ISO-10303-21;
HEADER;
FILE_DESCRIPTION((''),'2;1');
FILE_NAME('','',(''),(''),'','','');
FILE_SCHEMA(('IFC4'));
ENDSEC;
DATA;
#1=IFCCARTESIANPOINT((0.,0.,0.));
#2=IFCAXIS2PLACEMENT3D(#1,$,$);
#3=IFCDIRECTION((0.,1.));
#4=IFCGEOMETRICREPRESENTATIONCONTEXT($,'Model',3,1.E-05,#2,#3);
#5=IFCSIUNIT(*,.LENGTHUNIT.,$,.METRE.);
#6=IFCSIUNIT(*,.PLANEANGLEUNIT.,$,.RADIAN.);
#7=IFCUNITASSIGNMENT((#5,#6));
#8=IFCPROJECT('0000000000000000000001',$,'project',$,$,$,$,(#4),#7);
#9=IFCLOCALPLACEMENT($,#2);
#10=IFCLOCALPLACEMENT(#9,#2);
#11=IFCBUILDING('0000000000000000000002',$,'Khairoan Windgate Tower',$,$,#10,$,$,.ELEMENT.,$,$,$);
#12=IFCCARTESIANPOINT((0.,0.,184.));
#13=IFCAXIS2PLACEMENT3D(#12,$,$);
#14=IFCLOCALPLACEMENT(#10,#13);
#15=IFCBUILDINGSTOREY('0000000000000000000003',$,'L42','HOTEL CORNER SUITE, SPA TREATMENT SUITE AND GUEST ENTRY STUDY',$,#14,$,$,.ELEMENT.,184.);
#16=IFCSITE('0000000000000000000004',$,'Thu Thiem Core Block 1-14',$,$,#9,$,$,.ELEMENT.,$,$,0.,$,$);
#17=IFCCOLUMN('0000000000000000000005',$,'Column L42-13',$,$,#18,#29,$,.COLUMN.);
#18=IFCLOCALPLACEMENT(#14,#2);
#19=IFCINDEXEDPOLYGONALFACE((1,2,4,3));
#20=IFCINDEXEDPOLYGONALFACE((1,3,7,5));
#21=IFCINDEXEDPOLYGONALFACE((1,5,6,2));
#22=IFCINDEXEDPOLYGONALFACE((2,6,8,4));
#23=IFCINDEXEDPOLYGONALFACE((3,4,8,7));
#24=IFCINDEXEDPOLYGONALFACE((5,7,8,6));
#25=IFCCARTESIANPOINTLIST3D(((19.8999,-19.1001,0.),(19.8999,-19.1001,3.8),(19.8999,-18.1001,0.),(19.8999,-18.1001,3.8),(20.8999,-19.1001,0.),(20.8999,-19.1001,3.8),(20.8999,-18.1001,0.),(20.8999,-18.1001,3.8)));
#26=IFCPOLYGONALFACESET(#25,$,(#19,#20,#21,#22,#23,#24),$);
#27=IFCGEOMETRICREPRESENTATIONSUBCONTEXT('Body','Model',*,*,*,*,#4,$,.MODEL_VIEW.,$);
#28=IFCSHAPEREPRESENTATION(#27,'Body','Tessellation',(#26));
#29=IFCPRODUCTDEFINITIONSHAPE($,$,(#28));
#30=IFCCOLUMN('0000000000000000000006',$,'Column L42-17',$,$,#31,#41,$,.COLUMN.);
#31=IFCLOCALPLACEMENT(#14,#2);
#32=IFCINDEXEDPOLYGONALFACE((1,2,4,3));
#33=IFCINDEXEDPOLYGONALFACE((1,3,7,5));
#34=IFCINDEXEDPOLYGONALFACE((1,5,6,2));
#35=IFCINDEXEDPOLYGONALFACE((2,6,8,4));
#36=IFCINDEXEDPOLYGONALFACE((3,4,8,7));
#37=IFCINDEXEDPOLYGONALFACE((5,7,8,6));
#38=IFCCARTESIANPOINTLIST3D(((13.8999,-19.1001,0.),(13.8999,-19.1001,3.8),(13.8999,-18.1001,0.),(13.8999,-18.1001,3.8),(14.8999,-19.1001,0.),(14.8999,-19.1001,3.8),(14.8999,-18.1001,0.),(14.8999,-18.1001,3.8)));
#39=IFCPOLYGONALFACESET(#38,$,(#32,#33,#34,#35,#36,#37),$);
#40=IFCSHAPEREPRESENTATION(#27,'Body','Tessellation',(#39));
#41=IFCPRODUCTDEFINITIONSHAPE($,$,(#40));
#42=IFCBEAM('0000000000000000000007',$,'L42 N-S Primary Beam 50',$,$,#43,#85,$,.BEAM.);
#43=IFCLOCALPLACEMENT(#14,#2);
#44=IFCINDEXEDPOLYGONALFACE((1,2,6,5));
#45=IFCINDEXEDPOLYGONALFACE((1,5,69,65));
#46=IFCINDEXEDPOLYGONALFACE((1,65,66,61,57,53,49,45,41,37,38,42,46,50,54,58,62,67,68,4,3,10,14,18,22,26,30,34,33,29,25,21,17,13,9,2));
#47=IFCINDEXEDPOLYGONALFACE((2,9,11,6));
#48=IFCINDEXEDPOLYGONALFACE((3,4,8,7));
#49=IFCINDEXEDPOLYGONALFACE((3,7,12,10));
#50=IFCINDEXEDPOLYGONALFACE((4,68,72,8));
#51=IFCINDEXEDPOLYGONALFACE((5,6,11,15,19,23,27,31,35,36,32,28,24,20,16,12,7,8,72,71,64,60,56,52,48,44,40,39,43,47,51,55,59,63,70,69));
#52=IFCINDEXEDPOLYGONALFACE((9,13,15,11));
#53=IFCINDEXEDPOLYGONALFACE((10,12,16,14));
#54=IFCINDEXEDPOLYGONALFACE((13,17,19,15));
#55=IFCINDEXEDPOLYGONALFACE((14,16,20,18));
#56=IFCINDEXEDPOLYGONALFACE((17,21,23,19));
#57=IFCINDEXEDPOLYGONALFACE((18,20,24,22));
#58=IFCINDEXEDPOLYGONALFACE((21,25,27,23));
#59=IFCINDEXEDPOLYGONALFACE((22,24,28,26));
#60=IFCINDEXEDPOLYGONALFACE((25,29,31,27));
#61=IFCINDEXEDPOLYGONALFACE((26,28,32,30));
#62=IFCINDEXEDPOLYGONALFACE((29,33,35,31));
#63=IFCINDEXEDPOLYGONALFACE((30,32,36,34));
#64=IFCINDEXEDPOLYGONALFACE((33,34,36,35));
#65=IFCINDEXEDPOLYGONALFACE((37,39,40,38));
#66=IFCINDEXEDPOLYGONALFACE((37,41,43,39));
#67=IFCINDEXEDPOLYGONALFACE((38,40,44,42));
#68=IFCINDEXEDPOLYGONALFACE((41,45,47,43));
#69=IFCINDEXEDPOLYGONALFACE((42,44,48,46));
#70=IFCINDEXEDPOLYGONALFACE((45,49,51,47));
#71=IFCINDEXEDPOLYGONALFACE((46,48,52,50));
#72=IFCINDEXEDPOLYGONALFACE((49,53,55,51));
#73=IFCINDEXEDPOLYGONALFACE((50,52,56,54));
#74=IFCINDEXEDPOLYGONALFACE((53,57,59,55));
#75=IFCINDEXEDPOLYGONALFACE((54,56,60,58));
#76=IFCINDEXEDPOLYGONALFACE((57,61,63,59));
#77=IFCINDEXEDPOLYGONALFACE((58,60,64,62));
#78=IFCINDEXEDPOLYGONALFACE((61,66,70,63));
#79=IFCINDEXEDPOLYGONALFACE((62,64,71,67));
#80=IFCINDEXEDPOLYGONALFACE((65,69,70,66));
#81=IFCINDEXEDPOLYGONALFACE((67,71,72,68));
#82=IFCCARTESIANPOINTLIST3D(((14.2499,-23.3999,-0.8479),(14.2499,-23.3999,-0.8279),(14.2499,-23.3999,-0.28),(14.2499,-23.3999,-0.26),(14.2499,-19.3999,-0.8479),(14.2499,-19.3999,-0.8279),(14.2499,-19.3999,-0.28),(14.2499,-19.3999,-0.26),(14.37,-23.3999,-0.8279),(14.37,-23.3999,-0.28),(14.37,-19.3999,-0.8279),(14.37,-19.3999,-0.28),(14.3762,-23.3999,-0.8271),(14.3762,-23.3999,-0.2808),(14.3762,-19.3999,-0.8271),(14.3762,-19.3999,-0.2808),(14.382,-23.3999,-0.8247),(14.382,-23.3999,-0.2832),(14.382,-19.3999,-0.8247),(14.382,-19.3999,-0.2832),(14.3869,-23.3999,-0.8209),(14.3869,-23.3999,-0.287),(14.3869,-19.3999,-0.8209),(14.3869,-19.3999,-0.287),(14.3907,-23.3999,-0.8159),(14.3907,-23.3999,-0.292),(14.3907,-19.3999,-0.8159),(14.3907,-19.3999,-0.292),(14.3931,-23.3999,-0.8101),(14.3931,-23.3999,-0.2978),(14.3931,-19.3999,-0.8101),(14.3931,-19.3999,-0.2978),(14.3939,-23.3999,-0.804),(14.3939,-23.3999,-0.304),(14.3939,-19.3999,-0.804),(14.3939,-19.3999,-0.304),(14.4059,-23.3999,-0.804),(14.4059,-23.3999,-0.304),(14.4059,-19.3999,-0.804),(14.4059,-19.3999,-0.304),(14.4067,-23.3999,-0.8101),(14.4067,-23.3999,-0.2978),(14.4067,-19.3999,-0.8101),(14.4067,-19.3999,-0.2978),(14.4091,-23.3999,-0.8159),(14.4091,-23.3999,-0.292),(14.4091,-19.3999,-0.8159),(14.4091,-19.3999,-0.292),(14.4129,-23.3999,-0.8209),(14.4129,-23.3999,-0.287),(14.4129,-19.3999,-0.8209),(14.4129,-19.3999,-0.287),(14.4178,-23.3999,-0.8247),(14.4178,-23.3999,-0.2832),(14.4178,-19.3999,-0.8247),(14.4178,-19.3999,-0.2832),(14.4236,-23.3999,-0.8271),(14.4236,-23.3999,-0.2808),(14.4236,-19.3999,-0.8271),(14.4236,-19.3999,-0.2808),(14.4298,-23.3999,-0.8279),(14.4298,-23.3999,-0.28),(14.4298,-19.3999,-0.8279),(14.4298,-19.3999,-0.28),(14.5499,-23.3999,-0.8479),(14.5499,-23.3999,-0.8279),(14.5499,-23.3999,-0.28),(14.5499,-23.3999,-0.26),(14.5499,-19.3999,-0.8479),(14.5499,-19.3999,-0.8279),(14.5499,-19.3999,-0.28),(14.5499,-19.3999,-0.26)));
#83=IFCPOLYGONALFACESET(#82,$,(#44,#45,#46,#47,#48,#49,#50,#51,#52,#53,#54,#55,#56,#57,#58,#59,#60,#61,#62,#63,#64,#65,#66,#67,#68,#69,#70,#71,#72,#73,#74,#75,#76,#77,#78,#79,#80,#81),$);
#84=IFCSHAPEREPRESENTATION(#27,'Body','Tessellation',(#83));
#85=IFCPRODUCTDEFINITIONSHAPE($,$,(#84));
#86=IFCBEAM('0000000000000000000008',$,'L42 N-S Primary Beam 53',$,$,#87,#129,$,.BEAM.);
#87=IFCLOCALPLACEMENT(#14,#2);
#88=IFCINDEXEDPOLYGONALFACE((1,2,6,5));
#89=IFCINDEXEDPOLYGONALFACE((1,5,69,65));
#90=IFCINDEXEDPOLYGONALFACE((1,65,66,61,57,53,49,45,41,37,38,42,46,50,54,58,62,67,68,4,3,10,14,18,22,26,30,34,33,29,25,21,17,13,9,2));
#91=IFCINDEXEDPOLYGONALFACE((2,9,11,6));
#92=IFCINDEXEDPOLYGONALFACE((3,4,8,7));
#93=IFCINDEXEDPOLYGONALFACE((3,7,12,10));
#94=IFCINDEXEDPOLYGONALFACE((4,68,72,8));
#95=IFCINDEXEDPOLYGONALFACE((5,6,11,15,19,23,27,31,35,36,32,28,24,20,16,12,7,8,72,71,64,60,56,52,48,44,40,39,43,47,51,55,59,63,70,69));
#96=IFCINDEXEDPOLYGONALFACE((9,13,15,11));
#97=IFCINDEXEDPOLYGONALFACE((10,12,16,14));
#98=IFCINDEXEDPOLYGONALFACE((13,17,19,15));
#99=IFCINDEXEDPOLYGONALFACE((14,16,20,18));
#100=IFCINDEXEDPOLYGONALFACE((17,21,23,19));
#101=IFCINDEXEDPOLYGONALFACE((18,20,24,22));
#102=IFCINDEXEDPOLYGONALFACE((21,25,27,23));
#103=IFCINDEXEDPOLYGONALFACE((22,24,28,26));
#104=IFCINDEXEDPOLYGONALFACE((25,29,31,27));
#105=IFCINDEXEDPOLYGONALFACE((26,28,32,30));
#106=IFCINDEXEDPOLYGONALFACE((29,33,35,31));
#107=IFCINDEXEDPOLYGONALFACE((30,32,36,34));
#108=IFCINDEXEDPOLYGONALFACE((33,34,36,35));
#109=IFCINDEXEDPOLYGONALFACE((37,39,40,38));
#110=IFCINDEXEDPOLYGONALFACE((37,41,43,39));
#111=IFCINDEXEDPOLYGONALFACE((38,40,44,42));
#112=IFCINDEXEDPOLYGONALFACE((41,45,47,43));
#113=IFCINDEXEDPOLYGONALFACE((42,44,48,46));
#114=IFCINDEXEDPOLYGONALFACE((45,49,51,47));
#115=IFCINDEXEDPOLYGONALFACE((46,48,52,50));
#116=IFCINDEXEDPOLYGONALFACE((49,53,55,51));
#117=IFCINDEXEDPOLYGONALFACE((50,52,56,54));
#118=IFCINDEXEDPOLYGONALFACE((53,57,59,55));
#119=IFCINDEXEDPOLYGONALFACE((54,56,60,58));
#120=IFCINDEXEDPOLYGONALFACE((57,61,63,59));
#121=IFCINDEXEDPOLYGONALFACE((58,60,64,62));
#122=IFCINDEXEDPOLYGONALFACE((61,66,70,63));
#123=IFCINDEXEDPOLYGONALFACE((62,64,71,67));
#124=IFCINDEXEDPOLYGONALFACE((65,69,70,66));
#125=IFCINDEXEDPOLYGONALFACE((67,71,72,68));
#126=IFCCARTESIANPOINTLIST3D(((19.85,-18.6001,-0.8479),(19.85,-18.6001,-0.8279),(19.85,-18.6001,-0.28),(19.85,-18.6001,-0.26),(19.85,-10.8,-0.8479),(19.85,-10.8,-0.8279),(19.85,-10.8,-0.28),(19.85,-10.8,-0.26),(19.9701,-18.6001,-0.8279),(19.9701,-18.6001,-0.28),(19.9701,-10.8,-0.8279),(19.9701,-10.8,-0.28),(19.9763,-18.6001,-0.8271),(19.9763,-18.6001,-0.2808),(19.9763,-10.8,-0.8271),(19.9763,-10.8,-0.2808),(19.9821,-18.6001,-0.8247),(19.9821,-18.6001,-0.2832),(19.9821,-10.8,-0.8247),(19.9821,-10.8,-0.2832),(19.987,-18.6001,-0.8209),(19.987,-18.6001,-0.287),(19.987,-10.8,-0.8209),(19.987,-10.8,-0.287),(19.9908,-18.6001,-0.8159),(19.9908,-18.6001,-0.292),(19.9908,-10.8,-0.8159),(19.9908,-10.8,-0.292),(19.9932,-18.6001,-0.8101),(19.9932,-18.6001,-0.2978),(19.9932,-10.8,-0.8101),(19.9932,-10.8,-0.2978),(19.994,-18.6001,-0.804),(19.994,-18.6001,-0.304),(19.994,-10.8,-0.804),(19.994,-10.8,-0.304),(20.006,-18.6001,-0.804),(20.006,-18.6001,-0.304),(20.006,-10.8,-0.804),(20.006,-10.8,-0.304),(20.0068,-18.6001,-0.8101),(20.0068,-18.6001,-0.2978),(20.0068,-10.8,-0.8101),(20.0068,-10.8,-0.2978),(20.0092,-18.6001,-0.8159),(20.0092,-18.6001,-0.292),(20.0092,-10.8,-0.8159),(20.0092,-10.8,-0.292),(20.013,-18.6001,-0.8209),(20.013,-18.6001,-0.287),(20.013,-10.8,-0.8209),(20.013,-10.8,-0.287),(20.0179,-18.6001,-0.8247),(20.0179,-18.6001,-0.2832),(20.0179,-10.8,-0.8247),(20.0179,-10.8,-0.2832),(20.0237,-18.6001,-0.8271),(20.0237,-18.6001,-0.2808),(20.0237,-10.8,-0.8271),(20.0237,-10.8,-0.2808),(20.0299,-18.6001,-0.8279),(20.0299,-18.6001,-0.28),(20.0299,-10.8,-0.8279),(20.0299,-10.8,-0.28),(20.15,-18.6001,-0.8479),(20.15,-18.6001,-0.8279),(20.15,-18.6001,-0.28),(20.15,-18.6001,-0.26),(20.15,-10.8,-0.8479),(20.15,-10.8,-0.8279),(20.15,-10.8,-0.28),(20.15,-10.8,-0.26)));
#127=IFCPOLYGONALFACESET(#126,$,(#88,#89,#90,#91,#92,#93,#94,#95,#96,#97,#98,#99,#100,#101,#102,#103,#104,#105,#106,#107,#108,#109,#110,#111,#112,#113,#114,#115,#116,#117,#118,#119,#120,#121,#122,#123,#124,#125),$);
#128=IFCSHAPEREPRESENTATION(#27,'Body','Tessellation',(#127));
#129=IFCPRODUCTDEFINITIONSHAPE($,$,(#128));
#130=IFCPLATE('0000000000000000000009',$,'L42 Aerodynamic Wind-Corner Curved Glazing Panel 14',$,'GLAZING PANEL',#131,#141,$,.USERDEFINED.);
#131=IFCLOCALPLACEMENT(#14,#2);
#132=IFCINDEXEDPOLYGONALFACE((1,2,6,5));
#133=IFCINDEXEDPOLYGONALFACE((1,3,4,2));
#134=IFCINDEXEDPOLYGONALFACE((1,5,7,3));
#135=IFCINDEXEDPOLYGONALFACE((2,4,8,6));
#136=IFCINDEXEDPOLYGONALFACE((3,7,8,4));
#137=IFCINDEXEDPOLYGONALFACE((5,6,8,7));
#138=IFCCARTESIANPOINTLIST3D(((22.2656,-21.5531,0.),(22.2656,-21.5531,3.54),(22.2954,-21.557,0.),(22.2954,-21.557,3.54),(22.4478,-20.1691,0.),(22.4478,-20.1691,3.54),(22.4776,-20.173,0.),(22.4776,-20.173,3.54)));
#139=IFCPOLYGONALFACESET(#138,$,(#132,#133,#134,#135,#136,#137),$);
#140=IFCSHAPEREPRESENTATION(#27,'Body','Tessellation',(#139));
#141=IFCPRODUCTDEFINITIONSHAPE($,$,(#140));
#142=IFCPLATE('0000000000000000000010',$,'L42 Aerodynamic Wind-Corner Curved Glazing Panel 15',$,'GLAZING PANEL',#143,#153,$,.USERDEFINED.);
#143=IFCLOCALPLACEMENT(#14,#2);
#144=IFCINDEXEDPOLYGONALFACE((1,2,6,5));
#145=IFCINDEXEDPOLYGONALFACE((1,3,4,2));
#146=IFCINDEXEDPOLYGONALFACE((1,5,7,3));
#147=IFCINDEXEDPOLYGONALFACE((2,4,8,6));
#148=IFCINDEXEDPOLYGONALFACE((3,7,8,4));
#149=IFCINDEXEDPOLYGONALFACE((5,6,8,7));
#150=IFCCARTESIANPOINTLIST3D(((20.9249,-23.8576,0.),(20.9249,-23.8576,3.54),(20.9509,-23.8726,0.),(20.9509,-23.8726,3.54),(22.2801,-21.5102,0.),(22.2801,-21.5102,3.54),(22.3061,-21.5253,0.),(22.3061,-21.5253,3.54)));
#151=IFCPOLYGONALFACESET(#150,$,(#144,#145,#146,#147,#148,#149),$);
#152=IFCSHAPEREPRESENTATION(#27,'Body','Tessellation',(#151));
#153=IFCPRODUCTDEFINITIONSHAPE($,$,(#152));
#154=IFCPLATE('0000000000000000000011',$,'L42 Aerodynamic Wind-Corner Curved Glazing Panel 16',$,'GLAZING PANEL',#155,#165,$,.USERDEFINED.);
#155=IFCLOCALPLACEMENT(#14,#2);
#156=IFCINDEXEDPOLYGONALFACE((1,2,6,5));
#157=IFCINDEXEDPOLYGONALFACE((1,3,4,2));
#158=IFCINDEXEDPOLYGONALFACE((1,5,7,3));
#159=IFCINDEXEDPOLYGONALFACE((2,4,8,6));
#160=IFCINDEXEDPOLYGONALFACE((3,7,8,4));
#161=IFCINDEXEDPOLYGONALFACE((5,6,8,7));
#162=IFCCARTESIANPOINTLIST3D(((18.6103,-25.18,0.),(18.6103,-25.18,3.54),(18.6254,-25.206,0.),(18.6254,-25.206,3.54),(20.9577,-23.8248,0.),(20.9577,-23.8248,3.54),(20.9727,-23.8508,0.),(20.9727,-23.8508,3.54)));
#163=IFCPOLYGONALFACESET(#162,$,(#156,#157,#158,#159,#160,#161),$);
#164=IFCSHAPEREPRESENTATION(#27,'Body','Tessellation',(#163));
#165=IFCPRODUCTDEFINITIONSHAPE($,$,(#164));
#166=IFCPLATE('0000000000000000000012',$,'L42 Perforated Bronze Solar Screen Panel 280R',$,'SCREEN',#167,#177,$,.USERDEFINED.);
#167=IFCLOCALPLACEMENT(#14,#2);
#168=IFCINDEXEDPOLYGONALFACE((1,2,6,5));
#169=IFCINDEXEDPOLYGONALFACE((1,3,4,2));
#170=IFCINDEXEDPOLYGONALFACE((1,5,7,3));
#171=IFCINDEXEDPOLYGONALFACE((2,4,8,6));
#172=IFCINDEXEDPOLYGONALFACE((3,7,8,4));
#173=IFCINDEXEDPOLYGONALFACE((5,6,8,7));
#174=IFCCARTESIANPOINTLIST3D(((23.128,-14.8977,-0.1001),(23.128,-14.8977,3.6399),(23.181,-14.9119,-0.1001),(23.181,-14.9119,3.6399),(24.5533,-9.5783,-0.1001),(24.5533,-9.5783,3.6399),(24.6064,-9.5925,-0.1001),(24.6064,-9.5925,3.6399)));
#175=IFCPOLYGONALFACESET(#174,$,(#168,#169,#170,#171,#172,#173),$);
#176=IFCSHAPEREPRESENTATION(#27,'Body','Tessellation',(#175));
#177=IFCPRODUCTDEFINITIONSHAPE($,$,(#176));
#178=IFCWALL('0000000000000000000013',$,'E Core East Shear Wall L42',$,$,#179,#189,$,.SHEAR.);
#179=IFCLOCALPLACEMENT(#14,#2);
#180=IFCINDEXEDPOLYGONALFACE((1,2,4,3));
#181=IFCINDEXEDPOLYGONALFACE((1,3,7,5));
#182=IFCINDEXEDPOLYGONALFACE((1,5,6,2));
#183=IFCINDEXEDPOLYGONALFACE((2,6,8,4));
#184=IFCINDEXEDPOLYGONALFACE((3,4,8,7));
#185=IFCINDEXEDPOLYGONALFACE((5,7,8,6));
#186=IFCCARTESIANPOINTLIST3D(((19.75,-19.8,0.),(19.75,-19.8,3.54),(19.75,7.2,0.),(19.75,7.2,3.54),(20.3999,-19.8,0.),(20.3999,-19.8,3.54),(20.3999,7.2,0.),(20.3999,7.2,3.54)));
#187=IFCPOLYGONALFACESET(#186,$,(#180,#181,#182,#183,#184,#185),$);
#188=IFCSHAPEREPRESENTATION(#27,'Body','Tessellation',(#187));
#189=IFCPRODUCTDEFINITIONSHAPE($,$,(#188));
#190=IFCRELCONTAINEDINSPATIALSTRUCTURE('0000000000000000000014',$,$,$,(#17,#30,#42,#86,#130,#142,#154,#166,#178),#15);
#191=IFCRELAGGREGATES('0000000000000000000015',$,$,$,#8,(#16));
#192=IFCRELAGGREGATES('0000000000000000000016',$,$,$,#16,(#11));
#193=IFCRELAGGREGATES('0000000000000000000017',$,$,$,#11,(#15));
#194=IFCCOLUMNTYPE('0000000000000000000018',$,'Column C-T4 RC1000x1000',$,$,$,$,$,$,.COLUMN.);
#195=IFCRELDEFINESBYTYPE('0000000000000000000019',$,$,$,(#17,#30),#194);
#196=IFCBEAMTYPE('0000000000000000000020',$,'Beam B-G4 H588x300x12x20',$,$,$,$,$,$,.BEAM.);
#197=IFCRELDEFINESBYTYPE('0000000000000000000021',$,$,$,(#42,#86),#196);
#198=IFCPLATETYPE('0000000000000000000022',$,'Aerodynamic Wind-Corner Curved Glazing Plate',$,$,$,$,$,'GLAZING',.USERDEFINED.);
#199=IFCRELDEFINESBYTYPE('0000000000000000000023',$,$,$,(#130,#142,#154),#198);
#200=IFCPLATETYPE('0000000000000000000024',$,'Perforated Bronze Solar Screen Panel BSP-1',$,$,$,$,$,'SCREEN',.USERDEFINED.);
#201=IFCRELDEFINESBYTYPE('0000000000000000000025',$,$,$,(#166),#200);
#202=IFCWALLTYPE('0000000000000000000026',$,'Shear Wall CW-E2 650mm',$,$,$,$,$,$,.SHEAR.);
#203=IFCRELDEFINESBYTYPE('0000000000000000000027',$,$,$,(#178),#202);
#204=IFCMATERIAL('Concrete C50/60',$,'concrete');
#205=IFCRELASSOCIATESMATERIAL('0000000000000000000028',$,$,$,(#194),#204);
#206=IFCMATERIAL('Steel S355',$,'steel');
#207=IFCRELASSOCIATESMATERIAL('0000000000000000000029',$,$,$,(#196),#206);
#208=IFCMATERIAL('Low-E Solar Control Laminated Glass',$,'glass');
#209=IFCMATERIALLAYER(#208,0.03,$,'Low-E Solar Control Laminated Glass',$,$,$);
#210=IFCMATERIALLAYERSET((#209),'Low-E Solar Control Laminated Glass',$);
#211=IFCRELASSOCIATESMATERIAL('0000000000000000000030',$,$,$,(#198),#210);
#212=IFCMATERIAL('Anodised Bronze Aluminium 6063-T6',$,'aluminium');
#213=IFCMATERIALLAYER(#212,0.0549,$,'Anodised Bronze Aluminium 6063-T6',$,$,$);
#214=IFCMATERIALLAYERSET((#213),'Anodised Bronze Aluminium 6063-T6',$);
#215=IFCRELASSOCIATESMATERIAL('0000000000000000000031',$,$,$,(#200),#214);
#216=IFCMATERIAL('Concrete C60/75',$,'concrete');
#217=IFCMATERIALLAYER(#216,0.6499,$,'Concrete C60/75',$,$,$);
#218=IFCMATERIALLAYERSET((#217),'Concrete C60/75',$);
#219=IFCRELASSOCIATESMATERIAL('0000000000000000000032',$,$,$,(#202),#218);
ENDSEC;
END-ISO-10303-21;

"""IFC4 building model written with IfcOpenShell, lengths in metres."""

from ifc_helpers import new_model, si_unit, direction, frame, frame_2d, origin, origin_2d, place, context, subcontext, project, spatial, rectangle, i_section, extrude, material, layer, layer_set, material_profile, profile_set, type_object, element, save


model = new_model("IFC4")

# Units and contexts
model_context = context("Model", 3, precision=1e-05, world=origin(), true_north=direction((0.0, 1.0)))
body_context = subcontext(model_context, "Body", "Model", "MODEL_VIEW")
ifc_project = project(units=[si_unit("LENGTHUNIT", "METRE"), si_unit("PLANEANGLEUNIT", "RADIAN")], contexts=[model_context])

# Site, building, storey
site_placement = place(None, origin())
site = spatial("IfcSite", under=ifc_project, at=site_placement, Name="Thu Thiem Core Block 1-14", CompositionType="ELEMENT", RefElevation=0.0)
building_placement = place(site_placement, origin())
building = spatial("IfcBuilding", under=site, at=building_placement, Name="Khairoan Windgate Tower", CompositionType="ELEMENT")
storey_placement = place(building_placement, frame((0.0, 0.0, 184.0)))
storey = spatial("IfcBuildingStorey", under=building, at=storey_placement, Name="L42", Description="HOTEL CORNER SUITE, SPA TREATMENT SUITE AND GUEST ENTRY STUDY", CompositionType="ELEMENT", Elevation=184.0)

# Columns
ifc_material_1 = material(Name="Concrete C50/60", Category="concrete")
ifc_material_profile_1 = material_profile(ifc_material_1, rectangle(XDim=1.0, YDim=1.0, at=origin_2d()))
ifc_profile_set_1 = profile_set([ifc_material_profile_1], Name="Concrete C50/60")
column_type = type_object("IfcColumnType", Name="Column C-T4 RC1000x1000", PredefinedType="COLUMN", material=ifc_profile_set_1)
for number, where, z_axis, x_axis, name in (
    (1, (20.3999, -18.6001, 0.0), (0.0, 0.0, 1.0), (1.0, 0.0, 0.0), "Column L42-13"),
    (2, (14.3999, -18.6001, 0.0), (0.0, 0.0, 1.0), (1.0, 0.0, 0.0), "Column L42-17"),
):
    element("IfcColumn", number, at=place(storey_placement, frame(where, z_axis=z_axis, x_axis=x_axis)), inside=storey, type_object=column_type, Name=name, PredefinedType="COLUMN", context=body_context, shape_type="SweptSolid", body=[
        extrude(rectangle(XDim=1.0, YDim=1.0, at=origin_2d()), origin(), (0.0, 0.0, 1.0), 3.8),
    ])

# Beams
ifc_material_2 = material(Name="Steel S355", Category="steel")
ifc_material_profile_2 = material_profile(ifc_material_2, i_section(OverallWidth=0.3, OverallDepth=0.5879, WebThickness=0.012, FlangeThickness=0.02, FilletRadius=0.0239, at=origin_2d()))
ifc_profile_set_2 = profile_set([ifc_material_profile_2], Name="Steel S355")
beam_type = type_object("IfcBeamType", Name="Beam B-G4 H588x300x12x20", PredefinedType="BEAM", material=ifc_profile_set_2)
beam_1_placement = place(storey_placement, frame((14.3999, -23.3999, -0.554), z_axis=(0.0, 1.0, 0.0), x_axis=(-1.0, 0.0, 0.0)))
element("IfcBeam", 3, at=beam_1_placement, inside=storey, type_object=beam_type, Name="L42 N-S Primary Beam 50", PredefinedType="BEAM", context=body_context, shape_type="SweptSolid", body=[
    extrude(i_section(OverallWidth=0.3, OverallDepth=0.5879, WebThickness=0.012, FlangeThickness=0.02, FilletRadius=0.0239, at=origin_2d()), origin(), (0.0, 0.0, 1.0), 4.0),
])
beam_2_placement = place(storey_placement, frame((20.0, -18.6001, -0.554), z_axis=(0.0, 1.0, 0.0), x_axis=(-1.0, 0.0, 0.0)))
element("IfcBeam", 4, at=beam_2_placement, inside=storey, type_object=beam_type, Name="L42 N-S Primary Beam 53", PredefinedType="BEAM", context=body_context, shape_type="SweptSolid", body=[
    extrude(i_section(OverallWidth=0.3, OverallDepth=0.5879, WebThickness=0.012, FlangeThickness=0.02, FilletRadius=0.0239, at=origin_2d()), origin(), (0.0, 0.0, 1.0), 7.8),
])

# Plates
ifc_material_3 = material(Name="Low-E Solar Control Laminated Glass", Category="glass")
ifc_layer_1 = layer(ifc_material_3, 0.03, Name="Low-E Solar Control Laminated Glass")
ifc_layer_set_1 = layer_set([ifc_layer_1], Name="Low-E Solar Control Laminated Glass")
plate_type_1 = type_object("IfcPlateType", Name="Aerodynamic Wind-Corner Curved Glazing Plate", ElementType="GLAZING", PredefinedType="USERDEFINED", material=ifc_layer_set_1)
plate_1_placement = place(storey_placement, frame((22.3716, -20.863, 0.0), z_axis=(0.0, 0.0, 1.0), x_axis=(-0.130526, -0.991445, 0.0)))
element("IfcPlate", 5, at=plate_1_placement, inside=storey, type_object=plate_type_1, Name="L42 Aerodynamic Wind-Corner Curved Glazing Panel 14", ObjectType="GLAZING PANEL", PredefinedType="USERDEFINED", context=body_context, shape_type="SweptSolid", body=[
    extrude(rectangle(XDim=1.396, YDim=0.03, at=origin_2d()), origin(), (0.0, 0.0, 1.0), 3.54),
])
for number, where, z_axis, x_axis, name in (
    (6, (21.6155, -22.6914, 0.0), (0.0, 0.0, 1.0), (-0.5, -0.866025, 0.0), "L42 Aerodynamic Wind-Corner Curved Glazing Panel 15"),
    (7, (19.7915, -24.5154, 0.0), (0.0, 0.0, 1.0), (-0.866025, -0.5, 0.0), "L42 Aerodynamic Wind-Corner Curved Glazing Panel 16"),
):
    element("IfcPlate", number, at=place(storey_placement, frame(where, z_axis=z_axis, x_axis=x_axis)), inside=storey, type_object=plate_type_1, Name=name, ObjectType="GLAZING PANEL", PredefinedType="USERDEFINED", context=body_context, shape_type="SweptSolid", body=[
        extrude(rectangle(XDim=2.7104, YDim=0.03, at=origin_2d()), origin(), (0.0, 0.0, 1.0), 3.54),
    ])

# Plate
ifc_material_4 = material(Name="Anodised Bronze Aluminium 6063-T6", Category="aluminium")
ifc_layer_2 = layer(ifc_material_4, 0.0549, Name="Anodised Bronze Aluminium 6063-T6")
ifc_layer_set_2 = layer_set([ifc_layer_2], Name="Anodised Bronze Aluminium 6063-T6")
plate_type_2 = type_object("IfcPlateType", Name="Perforated Bronze Solar Screen Panel BSP-1", ElementType="SCREEN", PredefinedType="USERDEFINED", material=ifc_layer_set_2)
plate_2_placement = place(storey_placement, frame((23.8672, -12.2451, -0.1001), z_axis=(0.0, 0.0, 1.0), x_axis=(-0.258819, -0.965926, 0.0)))
element("IfcPlate", 8, at=plate_2_placement, inside=storey, type_object=plate_type_2, Name="L42 Perforated Bronze Solar Screen Panel 280R", ObjectType="SCREEN", PredefinedType="USERDEFINED", context=body_context, shape_type="SweptSolid", body=[
    extrude(rectangle(XDim=5.5071, YDim=0.0549, at=origin_2d()), origin(), (0.0, 0.0, 1.0), 3.74),
])

# Wall
ifc_material_5 = material(Name="Concrete C60/75", Category="concrete")
ifc_layer_3 = layer(ifc_material_5, 0.6499, Name="Concrete C60/75")
ifc_layer_set_3 = layer_set([ifc_layer_3], Name="Concrete C60/75")
wall_type_1 = type_object("IfcWallType", Name="Shear Wall CW-E2 650mm", PredefinedType="SHEAR", material=ifc_layer_set_3)
wall_1_placement = place(storey_placement, frame((20.075, -19.8, 0.0), z_axis=(0.0, 0.0, 1.0), x_axis=(0.0, 1.0, 0.0)))
element("IfcWall", 9, at=wall_1_placement, inside=storey, type_object=wall_type_1, Name="E Core East Shear Wall L42", PredefinedType="SHEAR", context=body_context, shape_type="SweptSolid", body=[
    extrude(rectangle(XDim=27.0, YDim=0.6499, at=frame_2d((13.5, 0.0))), origin(), (0.0, 0.0, 1.0), 3.54),
])

save(model, "model.ifc")
